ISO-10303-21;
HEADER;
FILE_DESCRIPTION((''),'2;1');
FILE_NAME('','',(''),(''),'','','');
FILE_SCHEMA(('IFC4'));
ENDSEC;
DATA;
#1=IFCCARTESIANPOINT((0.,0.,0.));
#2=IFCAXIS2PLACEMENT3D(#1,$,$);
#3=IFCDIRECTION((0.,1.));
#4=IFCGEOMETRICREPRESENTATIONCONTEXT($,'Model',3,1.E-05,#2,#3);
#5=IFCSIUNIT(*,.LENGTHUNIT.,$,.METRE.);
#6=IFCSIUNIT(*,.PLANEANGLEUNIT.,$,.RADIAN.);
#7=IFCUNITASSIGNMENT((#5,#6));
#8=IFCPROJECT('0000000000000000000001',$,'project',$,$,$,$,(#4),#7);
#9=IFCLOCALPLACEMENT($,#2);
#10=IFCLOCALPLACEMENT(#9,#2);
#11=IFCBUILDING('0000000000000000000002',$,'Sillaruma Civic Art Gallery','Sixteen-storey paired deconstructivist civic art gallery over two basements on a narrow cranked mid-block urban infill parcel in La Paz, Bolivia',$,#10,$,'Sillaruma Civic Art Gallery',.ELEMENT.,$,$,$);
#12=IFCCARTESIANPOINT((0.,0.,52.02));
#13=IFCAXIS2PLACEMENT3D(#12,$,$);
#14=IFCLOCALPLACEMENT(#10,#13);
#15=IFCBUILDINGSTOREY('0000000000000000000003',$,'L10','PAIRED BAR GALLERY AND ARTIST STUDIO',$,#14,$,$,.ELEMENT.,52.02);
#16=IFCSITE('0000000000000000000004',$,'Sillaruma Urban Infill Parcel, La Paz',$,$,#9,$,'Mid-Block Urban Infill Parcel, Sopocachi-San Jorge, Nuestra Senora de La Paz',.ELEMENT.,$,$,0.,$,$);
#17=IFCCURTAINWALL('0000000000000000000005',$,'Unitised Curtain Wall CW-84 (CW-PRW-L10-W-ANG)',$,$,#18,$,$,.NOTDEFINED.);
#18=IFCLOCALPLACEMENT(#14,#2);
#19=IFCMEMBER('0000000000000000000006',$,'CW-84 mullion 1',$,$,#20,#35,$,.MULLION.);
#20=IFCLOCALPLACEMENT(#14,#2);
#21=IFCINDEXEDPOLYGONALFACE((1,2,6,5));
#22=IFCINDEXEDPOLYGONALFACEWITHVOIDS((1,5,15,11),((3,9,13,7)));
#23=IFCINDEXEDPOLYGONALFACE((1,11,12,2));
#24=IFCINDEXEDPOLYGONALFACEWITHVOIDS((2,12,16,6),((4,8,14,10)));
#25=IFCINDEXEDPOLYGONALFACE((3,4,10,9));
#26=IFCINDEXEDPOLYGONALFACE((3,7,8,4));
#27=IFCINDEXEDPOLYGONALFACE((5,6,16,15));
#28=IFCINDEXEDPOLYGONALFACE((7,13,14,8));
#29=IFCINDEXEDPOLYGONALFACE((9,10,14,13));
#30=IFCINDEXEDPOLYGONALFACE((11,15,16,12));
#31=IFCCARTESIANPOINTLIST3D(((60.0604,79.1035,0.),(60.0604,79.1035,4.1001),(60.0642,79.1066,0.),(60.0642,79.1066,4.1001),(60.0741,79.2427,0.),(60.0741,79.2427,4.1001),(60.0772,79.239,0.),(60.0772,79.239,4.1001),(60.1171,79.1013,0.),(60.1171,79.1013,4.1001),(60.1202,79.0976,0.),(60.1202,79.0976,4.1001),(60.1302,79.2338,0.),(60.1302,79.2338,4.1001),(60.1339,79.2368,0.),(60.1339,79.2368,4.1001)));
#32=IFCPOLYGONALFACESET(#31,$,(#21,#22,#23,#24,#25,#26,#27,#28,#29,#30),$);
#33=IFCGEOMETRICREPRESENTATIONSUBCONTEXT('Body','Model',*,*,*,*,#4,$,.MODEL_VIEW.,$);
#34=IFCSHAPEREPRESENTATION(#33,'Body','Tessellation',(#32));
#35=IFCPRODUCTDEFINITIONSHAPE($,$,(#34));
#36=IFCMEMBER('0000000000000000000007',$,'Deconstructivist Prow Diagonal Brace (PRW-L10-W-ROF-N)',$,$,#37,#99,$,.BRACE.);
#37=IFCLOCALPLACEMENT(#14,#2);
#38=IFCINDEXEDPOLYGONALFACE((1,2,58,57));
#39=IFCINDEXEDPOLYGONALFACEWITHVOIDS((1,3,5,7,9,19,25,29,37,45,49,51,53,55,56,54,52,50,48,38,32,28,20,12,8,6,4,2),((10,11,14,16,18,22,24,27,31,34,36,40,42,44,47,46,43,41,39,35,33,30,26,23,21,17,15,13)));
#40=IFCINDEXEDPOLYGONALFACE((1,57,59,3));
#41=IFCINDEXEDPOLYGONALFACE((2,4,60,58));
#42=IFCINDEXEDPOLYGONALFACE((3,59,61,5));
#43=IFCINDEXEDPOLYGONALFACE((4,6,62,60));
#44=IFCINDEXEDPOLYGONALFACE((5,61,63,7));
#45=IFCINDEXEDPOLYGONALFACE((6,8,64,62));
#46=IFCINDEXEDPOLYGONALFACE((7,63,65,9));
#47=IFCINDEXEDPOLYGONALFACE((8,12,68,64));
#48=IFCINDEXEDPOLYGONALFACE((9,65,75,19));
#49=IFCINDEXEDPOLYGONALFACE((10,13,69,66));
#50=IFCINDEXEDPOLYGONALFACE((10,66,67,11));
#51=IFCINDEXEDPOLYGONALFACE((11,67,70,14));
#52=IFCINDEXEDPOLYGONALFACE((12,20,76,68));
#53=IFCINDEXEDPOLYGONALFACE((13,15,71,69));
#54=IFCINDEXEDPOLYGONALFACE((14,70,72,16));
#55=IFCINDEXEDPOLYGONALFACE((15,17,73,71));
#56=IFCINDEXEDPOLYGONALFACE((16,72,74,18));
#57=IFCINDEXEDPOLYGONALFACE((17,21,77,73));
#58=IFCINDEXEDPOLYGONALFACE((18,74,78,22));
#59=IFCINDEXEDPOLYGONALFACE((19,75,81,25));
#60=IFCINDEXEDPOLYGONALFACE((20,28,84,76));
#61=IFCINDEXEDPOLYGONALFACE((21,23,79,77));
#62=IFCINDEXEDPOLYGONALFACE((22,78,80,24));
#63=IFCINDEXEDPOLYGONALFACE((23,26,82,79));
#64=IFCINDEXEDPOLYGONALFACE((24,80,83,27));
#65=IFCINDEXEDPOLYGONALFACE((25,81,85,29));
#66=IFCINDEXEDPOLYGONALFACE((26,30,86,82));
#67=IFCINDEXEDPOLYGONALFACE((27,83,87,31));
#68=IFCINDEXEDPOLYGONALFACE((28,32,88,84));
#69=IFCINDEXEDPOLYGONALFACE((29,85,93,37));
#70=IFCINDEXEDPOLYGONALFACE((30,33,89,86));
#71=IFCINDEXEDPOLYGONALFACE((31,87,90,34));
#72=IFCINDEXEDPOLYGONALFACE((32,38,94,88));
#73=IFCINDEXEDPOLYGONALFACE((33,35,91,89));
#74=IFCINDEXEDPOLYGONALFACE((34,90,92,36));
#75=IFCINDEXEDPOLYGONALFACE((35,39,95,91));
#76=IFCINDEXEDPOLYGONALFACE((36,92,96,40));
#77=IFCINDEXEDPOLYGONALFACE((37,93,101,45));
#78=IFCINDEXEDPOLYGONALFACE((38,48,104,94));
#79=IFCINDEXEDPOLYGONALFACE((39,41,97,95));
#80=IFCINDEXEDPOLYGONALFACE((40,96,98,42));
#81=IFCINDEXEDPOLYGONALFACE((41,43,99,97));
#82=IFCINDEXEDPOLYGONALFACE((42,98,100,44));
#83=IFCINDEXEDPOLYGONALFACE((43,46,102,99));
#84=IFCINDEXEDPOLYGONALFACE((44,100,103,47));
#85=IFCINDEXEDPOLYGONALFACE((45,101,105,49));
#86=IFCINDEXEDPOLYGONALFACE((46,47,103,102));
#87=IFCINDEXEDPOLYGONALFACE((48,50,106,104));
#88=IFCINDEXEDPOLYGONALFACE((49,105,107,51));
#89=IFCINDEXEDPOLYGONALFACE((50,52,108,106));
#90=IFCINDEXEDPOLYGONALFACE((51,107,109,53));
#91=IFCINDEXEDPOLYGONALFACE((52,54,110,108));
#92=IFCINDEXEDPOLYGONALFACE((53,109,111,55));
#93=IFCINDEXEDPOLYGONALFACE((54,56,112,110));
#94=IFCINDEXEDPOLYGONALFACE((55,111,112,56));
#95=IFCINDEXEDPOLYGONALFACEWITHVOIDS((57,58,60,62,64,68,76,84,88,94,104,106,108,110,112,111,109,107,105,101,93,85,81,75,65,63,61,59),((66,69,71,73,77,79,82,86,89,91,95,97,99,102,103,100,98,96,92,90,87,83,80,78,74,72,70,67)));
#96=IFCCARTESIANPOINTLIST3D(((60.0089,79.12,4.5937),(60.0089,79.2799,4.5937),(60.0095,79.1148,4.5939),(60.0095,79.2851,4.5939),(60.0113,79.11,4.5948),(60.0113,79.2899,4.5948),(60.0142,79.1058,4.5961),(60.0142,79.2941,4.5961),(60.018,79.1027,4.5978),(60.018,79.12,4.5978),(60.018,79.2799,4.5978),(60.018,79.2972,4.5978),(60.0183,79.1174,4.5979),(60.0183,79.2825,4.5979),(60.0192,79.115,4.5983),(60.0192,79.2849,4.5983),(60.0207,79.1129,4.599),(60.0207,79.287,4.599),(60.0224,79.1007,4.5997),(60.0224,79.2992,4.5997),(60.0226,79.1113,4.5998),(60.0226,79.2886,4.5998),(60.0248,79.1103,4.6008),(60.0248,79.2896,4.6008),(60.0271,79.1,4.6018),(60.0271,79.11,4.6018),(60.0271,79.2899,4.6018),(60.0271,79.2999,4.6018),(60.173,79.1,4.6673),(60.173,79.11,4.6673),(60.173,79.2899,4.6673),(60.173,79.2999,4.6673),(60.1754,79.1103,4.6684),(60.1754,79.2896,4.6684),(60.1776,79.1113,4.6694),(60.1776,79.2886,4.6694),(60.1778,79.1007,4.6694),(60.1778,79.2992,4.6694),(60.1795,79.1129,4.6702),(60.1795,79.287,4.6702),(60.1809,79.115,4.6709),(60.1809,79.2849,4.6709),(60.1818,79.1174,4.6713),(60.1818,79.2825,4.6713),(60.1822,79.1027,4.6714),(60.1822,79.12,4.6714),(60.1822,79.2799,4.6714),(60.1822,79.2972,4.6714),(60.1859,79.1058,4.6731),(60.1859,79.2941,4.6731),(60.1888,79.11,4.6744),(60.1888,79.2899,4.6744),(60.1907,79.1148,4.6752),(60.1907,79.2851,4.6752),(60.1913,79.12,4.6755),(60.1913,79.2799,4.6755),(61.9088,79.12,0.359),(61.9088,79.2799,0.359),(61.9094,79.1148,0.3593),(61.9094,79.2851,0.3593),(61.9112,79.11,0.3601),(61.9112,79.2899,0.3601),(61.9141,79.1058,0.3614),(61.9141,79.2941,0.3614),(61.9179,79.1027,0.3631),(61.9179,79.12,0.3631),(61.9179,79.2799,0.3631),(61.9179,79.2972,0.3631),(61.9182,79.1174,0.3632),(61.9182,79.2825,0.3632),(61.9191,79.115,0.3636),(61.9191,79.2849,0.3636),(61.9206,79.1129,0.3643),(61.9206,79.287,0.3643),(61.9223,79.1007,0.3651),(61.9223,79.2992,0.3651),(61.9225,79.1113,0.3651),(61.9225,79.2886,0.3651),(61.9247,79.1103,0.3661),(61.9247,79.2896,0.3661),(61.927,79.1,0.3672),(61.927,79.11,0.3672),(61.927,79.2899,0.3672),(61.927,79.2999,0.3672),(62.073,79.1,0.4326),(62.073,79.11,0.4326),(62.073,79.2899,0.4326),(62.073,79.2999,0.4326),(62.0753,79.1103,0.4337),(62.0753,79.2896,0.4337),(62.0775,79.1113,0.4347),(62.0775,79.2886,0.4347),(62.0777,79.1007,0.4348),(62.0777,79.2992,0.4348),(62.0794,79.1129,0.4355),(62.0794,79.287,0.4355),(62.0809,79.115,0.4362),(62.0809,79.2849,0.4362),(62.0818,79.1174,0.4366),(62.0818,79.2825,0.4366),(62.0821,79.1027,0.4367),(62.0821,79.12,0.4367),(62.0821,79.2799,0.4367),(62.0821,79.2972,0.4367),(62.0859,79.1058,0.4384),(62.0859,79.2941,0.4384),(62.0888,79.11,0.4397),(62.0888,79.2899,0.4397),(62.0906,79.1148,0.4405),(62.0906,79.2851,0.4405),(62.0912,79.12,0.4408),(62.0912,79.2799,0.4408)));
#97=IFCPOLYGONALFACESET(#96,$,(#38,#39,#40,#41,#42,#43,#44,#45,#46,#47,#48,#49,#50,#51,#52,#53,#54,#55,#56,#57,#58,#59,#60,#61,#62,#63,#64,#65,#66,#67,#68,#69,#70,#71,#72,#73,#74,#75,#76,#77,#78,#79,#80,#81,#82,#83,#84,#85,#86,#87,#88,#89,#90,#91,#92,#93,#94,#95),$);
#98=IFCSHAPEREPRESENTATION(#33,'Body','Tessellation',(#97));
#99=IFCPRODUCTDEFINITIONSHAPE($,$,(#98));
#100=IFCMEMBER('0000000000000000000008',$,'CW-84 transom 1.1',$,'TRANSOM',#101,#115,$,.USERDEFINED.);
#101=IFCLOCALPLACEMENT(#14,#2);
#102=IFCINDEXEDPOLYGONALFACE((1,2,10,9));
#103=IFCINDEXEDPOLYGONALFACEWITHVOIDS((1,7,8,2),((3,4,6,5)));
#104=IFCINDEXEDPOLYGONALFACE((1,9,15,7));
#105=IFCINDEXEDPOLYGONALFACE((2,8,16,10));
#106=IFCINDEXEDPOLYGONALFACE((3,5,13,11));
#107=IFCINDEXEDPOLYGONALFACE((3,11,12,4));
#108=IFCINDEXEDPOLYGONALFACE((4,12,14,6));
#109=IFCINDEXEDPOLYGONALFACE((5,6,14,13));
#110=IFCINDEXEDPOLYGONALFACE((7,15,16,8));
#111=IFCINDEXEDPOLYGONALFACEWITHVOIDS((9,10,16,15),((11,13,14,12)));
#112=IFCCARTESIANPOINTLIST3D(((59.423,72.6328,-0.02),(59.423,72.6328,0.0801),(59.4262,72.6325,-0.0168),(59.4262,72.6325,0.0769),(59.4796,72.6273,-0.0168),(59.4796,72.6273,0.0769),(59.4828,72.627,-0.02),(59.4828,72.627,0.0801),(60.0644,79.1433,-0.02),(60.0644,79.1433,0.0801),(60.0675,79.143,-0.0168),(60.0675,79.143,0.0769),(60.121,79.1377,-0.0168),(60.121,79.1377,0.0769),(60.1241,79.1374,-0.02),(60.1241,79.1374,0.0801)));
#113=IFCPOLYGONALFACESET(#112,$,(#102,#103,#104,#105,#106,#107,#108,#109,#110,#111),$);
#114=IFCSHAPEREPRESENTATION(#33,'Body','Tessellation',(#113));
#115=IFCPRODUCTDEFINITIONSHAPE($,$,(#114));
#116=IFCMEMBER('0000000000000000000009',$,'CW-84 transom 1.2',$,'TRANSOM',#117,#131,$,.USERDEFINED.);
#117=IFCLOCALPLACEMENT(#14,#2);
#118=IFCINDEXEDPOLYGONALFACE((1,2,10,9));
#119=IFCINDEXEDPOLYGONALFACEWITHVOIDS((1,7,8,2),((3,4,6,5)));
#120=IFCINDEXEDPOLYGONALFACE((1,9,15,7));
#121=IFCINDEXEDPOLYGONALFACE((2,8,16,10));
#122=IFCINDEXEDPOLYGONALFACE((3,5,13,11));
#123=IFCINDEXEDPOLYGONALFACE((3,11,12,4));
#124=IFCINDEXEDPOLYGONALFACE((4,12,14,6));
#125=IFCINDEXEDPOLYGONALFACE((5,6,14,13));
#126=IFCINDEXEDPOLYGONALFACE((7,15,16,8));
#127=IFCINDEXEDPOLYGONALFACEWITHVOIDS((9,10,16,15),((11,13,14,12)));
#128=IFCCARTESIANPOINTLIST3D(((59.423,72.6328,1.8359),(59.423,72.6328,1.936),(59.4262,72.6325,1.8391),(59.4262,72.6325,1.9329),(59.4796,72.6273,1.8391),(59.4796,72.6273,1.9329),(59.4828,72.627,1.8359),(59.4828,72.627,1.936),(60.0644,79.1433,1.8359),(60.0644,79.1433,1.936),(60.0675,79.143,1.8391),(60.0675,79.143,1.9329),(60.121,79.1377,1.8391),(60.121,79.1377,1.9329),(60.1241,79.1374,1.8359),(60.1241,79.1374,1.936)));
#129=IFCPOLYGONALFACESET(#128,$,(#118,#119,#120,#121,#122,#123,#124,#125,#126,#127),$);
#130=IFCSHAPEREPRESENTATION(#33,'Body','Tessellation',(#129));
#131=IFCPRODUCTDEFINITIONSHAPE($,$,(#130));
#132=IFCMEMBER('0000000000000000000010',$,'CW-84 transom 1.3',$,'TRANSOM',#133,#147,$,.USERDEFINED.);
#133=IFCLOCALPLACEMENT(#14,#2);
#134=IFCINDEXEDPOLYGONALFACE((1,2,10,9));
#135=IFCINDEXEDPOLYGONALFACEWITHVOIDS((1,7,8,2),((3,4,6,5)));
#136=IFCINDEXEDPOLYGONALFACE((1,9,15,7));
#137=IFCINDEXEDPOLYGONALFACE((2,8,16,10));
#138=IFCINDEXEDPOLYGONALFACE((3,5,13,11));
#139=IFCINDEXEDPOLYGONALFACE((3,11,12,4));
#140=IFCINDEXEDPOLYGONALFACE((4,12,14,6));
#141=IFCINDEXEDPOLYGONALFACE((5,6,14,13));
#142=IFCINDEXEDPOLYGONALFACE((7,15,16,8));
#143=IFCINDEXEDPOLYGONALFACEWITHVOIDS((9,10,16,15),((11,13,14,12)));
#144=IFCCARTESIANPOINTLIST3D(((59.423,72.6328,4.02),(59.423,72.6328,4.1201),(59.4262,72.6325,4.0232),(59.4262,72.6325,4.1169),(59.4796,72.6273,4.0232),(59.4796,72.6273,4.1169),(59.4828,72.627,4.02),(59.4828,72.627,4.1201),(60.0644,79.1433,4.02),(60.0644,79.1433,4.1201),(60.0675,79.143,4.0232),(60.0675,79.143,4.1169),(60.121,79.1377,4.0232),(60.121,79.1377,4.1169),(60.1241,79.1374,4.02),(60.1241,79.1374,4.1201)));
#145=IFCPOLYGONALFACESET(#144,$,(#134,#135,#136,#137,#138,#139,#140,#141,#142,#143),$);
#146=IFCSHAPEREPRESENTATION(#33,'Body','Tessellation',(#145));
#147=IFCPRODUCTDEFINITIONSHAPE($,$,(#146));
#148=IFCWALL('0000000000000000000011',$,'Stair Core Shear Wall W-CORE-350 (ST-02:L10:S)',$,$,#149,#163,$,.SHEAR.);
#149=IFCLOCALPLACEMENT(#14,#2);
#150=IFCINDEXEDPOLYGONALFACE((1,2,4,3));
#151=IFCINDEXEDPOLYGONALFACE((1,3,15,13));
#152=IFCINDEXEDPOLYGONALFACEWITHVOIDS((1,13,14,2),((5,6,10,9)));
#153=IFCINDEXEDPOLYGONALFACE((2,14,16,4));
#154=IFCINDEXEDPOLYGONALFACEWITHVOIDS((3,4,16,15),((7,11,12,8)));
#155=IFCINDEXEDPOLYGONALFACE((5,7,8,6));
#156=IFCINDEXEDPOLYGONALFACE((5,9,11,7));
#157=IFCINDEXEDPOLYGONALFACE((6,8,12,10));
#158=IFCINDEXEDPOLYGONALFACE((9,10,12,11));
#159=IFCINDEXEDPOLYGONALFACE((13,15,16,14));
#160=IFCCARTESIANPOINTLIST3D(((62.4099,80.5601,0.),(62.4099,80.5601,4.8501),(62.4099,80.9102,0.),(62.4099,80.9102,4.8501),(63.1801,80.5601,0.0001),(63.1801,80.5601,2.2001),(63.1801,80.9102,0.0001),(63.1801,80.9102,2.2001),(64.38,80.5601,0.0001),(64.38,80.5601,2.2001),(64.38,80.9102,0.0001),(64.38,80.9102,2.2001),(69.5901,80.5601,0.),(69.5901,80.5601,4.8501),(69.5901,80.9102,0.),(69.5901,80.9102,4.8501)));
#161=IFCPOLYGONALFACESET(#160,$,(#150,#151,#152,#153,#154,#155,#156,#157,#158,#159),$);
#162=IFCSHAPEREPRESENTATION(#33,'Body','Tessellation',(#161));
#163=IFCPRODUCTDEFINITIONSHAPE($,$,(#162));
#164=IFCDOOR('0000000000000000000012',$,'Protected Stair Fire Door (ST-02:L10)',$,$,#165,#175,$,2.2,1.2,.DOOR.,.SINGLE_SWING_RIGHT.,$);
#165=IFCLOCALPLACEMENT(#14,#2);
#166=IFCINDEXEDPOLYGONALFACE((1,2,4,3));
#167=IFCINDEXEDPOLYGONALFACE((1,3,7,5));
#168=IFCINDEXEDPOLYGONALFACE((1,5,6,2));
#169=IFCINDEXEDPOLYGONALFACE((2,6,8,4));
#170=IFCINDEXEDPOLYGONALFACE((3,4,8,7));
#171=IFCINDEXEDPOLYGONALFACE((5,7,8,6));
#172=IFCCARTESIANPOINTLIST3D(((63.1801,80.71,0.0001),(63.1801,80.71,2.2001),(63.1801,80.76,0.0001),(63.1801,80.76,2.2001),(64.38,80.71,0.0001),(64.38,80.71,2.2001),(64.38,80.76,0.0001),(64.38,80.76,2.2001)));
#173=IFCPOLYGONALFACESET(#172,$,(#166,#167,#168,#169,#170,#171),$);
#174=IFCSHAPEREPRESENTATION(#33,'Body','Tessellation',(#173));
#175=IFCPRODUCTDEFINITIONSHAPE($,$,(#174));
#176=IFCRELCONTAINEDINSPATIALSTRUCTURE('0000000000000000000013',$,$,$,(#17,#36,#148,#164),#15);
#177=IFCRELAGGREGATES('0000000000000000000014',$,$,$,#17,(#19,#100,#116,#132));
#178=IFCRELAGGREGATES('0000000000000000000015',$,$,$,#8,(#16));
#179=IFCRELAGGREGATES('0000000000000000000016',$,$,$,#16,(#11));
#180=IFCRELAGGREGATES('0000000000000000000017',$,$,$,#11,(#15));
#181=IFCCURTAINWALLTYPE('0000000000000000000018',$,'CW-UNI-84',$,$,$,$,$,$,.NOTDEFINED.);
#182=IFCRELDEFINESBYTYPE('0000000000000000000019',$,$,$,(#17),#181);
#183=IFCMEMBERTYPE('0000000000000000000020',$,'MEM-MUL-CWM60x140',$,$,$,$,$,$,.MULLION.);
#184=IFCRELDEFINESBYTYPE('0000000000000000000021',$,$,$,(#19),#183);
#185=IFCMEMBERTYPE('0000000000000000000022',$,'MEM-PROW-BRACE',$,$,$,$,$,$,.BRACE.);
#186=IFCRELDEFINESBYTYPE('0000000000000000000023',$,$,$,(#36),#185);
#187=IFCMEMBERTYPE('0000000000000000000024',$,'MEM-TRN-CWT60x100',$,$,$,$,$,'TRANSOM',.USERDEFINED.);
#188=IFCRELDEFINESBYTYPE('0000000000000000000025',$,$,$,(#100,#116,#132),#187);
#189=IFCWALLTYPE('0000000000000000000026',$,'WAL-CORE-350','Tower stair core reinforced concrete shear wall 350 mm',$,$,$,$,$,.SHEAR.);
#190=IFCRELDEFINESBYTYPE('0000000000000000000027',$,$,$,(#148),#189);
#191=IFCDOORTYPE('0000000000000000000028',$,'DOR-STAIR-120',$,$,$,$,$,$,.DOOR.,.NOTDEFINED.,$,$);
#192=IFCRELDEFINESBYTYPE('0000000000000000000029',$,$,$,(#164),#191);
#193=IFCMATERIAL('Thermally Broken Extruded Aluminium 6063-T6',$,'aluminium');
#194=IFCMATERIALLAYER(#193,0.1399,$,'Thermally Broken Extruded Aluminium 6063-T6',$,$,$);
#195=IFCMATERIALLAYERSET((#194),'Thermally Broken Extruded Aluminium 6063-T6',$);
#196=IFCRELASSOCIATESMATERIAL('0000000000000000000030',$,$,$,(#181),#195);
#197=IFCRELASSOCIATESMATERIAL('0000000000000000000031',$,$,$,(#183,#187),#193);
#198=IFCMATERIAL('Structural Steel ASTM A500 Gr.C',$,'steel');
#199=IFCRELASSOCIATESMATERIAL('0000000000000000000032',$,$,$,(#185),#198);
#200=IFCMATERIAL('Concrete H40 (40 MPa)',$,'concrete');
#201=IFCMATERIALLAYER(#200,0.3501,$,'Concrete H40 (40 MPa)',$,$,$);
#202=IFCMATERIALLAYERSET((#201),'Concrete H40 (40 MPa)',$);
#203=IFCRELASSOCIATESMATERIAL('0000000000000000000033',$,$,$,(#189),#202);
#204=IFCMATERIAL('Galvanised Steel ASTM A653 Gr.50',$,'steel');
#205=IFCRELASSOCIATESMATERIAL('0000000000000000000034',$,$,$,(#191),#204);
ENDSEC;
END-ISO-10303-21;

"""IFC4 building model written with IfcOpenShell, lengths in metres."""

from ifc_helpers import new_model, si_unit, direction, frame, frame_2d, origin, origin_2d, place, context, subcontext, project, spatial, rectangle, hollow_rectangle, extrude, material, layer, layer_set, material_profile, profile_set, type_object, element, fill, aggregate, save


model = new_model("IFC4")

# Units and contexts
model_context = context("Model", 3, precision=1e-05, world=origin(), true_north=direction((0.0, 1.0)))
body_context = subcontext(model_context, "Body", "Model", "MODEL_VIEW")
ifc_project = project(units=[si_unit("LENGTHUNIT", "METRE"), si_unit("PLANEANGLEUNIT", "RADIAN")], contexts=[model_context])

# Site, building, storey
site_placement = place(None, origin())
site = spatial("IfcSite", under=ifc_project, at=site_placement, Name="Sillaruma Urban Infill Parcel, La Paz", LongName="Mid-Block Urban Infill Parcel, Sopocachi-San Jorge, Nuestra Senora de La Paz", CompositionType="ELEMENT", RefElevation=0.0)
building_placement = place(site_placement, origin())
building = spatial("IfcBuilding", under=site, at=building_placement, Name="Sillaruma Civic Art Gallery", Description="Sixteen-storey paired deconstructivist civic art gallery over two basements on a narrow cranked mid-block urban infill parcel in La Paz, Bolivia", LongName="Sillaruma Civic Art Gallery", CompositionType="ELEMENT")
storey_placement = place(building_placement, frame((0.0, 0.0, 52.02)))
storey = spatial("IfcBuildingStorey", under=building, at=storey_placement, Name="L10", Description="PAIRED BAR GALLERY AND ARTIST STUDIO", CompositionType="ELEMENT", Elevation=52.02)

# Shared definitions
ifc_material_1 = material(Name="Concrete H40 (40 MPa)", Category="concrete")

# Shared definitions
ifc_material_2 = material(Name="Structural Steel ASTM A500 Gr.C", Category="steel")

# Curtain wall, member
ifc_material_3 = material(Name="Thermally Broken Extruded Aluminium 6063-T6", Category="aluminium")
ifc_layer_1 = layer(ifc_material_3, 0.1399, Name="Thermally Broken Extruded Aluminium 6063-T6")
ifc_layer_set_1 = layer_set([ifc_layer_1], Name="Thermally Broken Extruded Aluminium 6063-T6")
curtain_wall_type = type_object("IfcCurtainWallType", Name="CW-UNI-84", PredefinedType="NOTDEFINED", material=ifc_layer_set_1)
curtain_wall_placement = place(storey_placement, origin())
curtain_wall = element("IfcCurtainWall", 1, at=curtain_wall_placement, inside=storey, type_object=curtain_wall_type, Name="Unitised Curtain Wall CW-84 (CW-PRW-L10-W-ANG)", PredefinedType="NOTDEFINED")
ifc_material_profile_1 = material_profile(ifc_material_3, hollow_rectangle(XDim=0.0601, YDim=0.1399, WallThickness=0.0034, at=origin_2d()), Name="CWM60x140")
ifc_profile_set_1 = profile_set([ifc_material_profile_1], Name="Thermally Broken Extruded Aluminium 6063-T6")
member_type_1 = type_object("IfcMemberType", Name="MEM-MUL-CWM60x140", PredefinedType="MULLION", material=ifc_profile_set_1)
member_1_placement = place(storey_placement, frame((60.0972, 79.1702, 0.0), z_axis=(0.0, 0.0, 1.0), x_axis=(0.995185, -0.098011, 0.0)))
member_1 = element("IfcMember", 2, at=member_1_placement, type_object=member_type_1, Name="CW-84 mullion 1", PredefinedType="MULLION", context=body_context, shape_type="SweptSolid", body=[
    extrude(hollow_rectangle(XDim=0.0601, YDim=0.1399, WallThickness=0.0034, at=origin_2d()), origin(), (0.0, 0.0, 1.0), 4.1001),
])

# Members
ifc_material_profile_2 = material_profile(ifc_material_2, hollow_rectangle(XDim=0.2, YDim=0.2, WallThickness=0.01, InnerFilletRadius=0.01, OuterFilletRadius=0.02, at=origin_2d()), Name="HSS200x200x10")
ifc_profile_set_2 = profile_set([ifc_material_profile_2], Name="Structural Steel ASTM A500 Gr.C")
member_type_2 = type_object("IfcMemberType", Name="MEM-PROW-BRACE", PredefinedType="BRACE", material=ifc_profile_set_2)
member_2_placement = place(storey_placement, frame((62.0, 79.2, 0.3999), z_axis=(-0.409347, 0.0, 0.912379), x_axis=(0.0, -1.0, 0.0)))
element("IfcMember", 3, at=member_2_placement, inside=storey, type_object=member_type_2, Name="Deconstructivist Prow Diagonal Brace (PRW-L10-W-ROF-N)", PredefinedType="BRACE", context=body_context, shape_type="SweptSolid", body=[
    extrude(hollow_rectangle(XDim=0.2, YDim=0.2, WallThickness=0.01, InnerFilletRadius=0.01, OuterFilletRadius=0.02, at=origin_2d()), origin(), (0.0, 0.0, 1.0), 4.6414),
])
ifc_material_profile_3 = material_profile(ifc_material_3, hollow_rectangle(XDim=0.0601, YDim=0.1001, WallThickness=0.0032, at=origin_2d()), Name="CWT60x100")
ifc_profile_set_3 = profile_set([ifc_material_profile_3], Name="Thermally Broken Extruded Aluminium 6063-T6")
member_type_3 = type_object("IfcMemberType", Name="MEM-TRN-CWT60x100", ElementType="TRANSOM", PredefinedType="USERDEFINED", material=ifc_profile_set_3)
member_3_placement = place(storey_placement, frame((60.0942, 79.1404, 0.03), z_axis=(-0.098037, -0.995183, 0.0), x_axis=(0.995183, -0.098037, 0.0)))
member_3 = element("IfcMember", 4, at=member_3_placement, type_object=member_type_3, Name="CW-84 transom 1.1", ObjectType="TRANSOM", PredefinedType="USERDEFINED", context=body_context, shape_type="SweptSolid", body=[
    extrude(hollow_rectangle(XDim=0.0601, YDim=0.1001, WallThickness=0.0032, at=origin_2d()), origin(), (0.0, 0.0, 1.0), 6.542),
])
member_4_placement = place(storey_placement, frame((60.0942, 79.1404, 1.886), z_axis=(-0.098037, -0.995183, 0.0), x_axis=(0.995183, -0.098037, 0.0)))
member_4 = element("IfcMember", 5, at=member_4_placement, type_object=member_type_3, Name="CW-84 transom 1.2", ObjectType="TRANSOM", PredefinedType="USERDEFINED", context=body_context, shape_type="SweptSolid", body=[
    extrude(hollow_rectangle(XDim=0.0601, YDim=0.1001, WallThickness=0.0032, at=origin_2d()), origin(), (0.0, 0.0, 1.0), 6.542),
])
member_5_placement = place(storey_placement, frame((60.0942, 79.1404, 4.0701), z_axis=(-0.098037, -0.995183, 0.0), x_axis=(0.995183, -0.098037, 0.0)))
member_5 = element("IfcMember", 6, at=member_5_placement, type_object=member_type_3, Name="CW-84 transom 1.3", ObjectType="TRANSOM", PredefinedType="USERDEFINED", context=body_context, shape_type="SweptSolid", body=[
    extrude(hollow_rectangle(XDim=0.0601, YDim=0.1001, WallThickness=0.0032, at=origin_2d()), origin(), (0.0, 0.0, 1.0), 6.542),
])
aggregate(curtain_wall, [member_1, member_3, member_4, member_5])

# Wall, opening, door
ifc_layer_2 = layer(ifc_material_1, 0.3501, Name="Concrete H40 (40 MPa)")
ifc_layer_set_2 = layer_set([ifc_layer_2], Name="Concrete H40 (40 MPa)")
wall_type_1 = type_object("IfcWallType", Name="WAL-CORE-350", Description="Tower stair core reinforced concrete shear wall 350 mm", PredefinedType="SHEAR", material=ifc_layer_set_2)
wall_1_placement = place(storey_placement, frame((62.4099, 80.7351, 0.0), z_axis=(0.0, 0.0, 1.0), x_axis=(1.0, 0.0, 0.0)))
wall_1 = element("IfcWall", 7, at=wall_1_placement, inside=storey, type_object=wall_type_1, Name="Stair Core Shear Wall W-CORE-350 (ST-02:L10:S)", PredefinedType="SHEAR", context=body_context, shape_type="SweptSolid", body=[
    extrude(rectangle(XDim=7.1802, YDim=0.3501, at=frame_2d((3.5901, 0.0))), origin(), (0.0, 0.0, 1.0), 4.8501),
])
opening_1_placement = place(wall_1_placement, frame((0.77, 0.0, 0.0)))
opening_1 = element("IfcOpeningElement", 8, at=opening_1_placement, cuts=wall_1, PredefinedType="OPENING", context=body_context, shape_type="SweptSolid", body=[
    extrude(rectangle(XDim=1.2, YDim=2.2, at=frame_2d((0.6001, 1.1001))), frame((0.0, 0.1851, 0.0), z_axis=(0.0, -1.0, 0.0), x_axis=(1.0, 0.0, 0.0)), (0.0, 0.0, 1.0), 0.3701),
])
ifc_material_4 = material(Name="Galvanised Steel ASTM A653 Gr.50", Category="steel")
door_type = type_object("IfcDoorType", Name="DOR-STAIR-120", OperationType="NOTDEFINED", PredefinedType="DOOR", material=ifc_material_4)
door_placement = place(opening_1_placement, origin())
door = element("IfcDoor", 9, at=door_placement, inside=storey, type_object=door_type, Name="Protected Stair Fire Door (ST-02:L10)", OperationType="SINGLE_SWING_RIGHT", OverallHeight=2.2, OverallWidth=1.2, PredefinedType="DOOR", context=body_context, shape_type="SweptSolid", body=[
    extrude(rectangle(XDim=1.2, YDim=2.2, at=frame_2d((0.6001, 1.1001))), frame((0.0, 0.0249, 0.0), z_axis=(0.0, -1.0, 0.0), x_axis=(1.0, 0.0, 0.0)), (0.0, 0.0, 1.0), 0.05),
])
fill(opening_1, door)

save(model, "model.ifc")
